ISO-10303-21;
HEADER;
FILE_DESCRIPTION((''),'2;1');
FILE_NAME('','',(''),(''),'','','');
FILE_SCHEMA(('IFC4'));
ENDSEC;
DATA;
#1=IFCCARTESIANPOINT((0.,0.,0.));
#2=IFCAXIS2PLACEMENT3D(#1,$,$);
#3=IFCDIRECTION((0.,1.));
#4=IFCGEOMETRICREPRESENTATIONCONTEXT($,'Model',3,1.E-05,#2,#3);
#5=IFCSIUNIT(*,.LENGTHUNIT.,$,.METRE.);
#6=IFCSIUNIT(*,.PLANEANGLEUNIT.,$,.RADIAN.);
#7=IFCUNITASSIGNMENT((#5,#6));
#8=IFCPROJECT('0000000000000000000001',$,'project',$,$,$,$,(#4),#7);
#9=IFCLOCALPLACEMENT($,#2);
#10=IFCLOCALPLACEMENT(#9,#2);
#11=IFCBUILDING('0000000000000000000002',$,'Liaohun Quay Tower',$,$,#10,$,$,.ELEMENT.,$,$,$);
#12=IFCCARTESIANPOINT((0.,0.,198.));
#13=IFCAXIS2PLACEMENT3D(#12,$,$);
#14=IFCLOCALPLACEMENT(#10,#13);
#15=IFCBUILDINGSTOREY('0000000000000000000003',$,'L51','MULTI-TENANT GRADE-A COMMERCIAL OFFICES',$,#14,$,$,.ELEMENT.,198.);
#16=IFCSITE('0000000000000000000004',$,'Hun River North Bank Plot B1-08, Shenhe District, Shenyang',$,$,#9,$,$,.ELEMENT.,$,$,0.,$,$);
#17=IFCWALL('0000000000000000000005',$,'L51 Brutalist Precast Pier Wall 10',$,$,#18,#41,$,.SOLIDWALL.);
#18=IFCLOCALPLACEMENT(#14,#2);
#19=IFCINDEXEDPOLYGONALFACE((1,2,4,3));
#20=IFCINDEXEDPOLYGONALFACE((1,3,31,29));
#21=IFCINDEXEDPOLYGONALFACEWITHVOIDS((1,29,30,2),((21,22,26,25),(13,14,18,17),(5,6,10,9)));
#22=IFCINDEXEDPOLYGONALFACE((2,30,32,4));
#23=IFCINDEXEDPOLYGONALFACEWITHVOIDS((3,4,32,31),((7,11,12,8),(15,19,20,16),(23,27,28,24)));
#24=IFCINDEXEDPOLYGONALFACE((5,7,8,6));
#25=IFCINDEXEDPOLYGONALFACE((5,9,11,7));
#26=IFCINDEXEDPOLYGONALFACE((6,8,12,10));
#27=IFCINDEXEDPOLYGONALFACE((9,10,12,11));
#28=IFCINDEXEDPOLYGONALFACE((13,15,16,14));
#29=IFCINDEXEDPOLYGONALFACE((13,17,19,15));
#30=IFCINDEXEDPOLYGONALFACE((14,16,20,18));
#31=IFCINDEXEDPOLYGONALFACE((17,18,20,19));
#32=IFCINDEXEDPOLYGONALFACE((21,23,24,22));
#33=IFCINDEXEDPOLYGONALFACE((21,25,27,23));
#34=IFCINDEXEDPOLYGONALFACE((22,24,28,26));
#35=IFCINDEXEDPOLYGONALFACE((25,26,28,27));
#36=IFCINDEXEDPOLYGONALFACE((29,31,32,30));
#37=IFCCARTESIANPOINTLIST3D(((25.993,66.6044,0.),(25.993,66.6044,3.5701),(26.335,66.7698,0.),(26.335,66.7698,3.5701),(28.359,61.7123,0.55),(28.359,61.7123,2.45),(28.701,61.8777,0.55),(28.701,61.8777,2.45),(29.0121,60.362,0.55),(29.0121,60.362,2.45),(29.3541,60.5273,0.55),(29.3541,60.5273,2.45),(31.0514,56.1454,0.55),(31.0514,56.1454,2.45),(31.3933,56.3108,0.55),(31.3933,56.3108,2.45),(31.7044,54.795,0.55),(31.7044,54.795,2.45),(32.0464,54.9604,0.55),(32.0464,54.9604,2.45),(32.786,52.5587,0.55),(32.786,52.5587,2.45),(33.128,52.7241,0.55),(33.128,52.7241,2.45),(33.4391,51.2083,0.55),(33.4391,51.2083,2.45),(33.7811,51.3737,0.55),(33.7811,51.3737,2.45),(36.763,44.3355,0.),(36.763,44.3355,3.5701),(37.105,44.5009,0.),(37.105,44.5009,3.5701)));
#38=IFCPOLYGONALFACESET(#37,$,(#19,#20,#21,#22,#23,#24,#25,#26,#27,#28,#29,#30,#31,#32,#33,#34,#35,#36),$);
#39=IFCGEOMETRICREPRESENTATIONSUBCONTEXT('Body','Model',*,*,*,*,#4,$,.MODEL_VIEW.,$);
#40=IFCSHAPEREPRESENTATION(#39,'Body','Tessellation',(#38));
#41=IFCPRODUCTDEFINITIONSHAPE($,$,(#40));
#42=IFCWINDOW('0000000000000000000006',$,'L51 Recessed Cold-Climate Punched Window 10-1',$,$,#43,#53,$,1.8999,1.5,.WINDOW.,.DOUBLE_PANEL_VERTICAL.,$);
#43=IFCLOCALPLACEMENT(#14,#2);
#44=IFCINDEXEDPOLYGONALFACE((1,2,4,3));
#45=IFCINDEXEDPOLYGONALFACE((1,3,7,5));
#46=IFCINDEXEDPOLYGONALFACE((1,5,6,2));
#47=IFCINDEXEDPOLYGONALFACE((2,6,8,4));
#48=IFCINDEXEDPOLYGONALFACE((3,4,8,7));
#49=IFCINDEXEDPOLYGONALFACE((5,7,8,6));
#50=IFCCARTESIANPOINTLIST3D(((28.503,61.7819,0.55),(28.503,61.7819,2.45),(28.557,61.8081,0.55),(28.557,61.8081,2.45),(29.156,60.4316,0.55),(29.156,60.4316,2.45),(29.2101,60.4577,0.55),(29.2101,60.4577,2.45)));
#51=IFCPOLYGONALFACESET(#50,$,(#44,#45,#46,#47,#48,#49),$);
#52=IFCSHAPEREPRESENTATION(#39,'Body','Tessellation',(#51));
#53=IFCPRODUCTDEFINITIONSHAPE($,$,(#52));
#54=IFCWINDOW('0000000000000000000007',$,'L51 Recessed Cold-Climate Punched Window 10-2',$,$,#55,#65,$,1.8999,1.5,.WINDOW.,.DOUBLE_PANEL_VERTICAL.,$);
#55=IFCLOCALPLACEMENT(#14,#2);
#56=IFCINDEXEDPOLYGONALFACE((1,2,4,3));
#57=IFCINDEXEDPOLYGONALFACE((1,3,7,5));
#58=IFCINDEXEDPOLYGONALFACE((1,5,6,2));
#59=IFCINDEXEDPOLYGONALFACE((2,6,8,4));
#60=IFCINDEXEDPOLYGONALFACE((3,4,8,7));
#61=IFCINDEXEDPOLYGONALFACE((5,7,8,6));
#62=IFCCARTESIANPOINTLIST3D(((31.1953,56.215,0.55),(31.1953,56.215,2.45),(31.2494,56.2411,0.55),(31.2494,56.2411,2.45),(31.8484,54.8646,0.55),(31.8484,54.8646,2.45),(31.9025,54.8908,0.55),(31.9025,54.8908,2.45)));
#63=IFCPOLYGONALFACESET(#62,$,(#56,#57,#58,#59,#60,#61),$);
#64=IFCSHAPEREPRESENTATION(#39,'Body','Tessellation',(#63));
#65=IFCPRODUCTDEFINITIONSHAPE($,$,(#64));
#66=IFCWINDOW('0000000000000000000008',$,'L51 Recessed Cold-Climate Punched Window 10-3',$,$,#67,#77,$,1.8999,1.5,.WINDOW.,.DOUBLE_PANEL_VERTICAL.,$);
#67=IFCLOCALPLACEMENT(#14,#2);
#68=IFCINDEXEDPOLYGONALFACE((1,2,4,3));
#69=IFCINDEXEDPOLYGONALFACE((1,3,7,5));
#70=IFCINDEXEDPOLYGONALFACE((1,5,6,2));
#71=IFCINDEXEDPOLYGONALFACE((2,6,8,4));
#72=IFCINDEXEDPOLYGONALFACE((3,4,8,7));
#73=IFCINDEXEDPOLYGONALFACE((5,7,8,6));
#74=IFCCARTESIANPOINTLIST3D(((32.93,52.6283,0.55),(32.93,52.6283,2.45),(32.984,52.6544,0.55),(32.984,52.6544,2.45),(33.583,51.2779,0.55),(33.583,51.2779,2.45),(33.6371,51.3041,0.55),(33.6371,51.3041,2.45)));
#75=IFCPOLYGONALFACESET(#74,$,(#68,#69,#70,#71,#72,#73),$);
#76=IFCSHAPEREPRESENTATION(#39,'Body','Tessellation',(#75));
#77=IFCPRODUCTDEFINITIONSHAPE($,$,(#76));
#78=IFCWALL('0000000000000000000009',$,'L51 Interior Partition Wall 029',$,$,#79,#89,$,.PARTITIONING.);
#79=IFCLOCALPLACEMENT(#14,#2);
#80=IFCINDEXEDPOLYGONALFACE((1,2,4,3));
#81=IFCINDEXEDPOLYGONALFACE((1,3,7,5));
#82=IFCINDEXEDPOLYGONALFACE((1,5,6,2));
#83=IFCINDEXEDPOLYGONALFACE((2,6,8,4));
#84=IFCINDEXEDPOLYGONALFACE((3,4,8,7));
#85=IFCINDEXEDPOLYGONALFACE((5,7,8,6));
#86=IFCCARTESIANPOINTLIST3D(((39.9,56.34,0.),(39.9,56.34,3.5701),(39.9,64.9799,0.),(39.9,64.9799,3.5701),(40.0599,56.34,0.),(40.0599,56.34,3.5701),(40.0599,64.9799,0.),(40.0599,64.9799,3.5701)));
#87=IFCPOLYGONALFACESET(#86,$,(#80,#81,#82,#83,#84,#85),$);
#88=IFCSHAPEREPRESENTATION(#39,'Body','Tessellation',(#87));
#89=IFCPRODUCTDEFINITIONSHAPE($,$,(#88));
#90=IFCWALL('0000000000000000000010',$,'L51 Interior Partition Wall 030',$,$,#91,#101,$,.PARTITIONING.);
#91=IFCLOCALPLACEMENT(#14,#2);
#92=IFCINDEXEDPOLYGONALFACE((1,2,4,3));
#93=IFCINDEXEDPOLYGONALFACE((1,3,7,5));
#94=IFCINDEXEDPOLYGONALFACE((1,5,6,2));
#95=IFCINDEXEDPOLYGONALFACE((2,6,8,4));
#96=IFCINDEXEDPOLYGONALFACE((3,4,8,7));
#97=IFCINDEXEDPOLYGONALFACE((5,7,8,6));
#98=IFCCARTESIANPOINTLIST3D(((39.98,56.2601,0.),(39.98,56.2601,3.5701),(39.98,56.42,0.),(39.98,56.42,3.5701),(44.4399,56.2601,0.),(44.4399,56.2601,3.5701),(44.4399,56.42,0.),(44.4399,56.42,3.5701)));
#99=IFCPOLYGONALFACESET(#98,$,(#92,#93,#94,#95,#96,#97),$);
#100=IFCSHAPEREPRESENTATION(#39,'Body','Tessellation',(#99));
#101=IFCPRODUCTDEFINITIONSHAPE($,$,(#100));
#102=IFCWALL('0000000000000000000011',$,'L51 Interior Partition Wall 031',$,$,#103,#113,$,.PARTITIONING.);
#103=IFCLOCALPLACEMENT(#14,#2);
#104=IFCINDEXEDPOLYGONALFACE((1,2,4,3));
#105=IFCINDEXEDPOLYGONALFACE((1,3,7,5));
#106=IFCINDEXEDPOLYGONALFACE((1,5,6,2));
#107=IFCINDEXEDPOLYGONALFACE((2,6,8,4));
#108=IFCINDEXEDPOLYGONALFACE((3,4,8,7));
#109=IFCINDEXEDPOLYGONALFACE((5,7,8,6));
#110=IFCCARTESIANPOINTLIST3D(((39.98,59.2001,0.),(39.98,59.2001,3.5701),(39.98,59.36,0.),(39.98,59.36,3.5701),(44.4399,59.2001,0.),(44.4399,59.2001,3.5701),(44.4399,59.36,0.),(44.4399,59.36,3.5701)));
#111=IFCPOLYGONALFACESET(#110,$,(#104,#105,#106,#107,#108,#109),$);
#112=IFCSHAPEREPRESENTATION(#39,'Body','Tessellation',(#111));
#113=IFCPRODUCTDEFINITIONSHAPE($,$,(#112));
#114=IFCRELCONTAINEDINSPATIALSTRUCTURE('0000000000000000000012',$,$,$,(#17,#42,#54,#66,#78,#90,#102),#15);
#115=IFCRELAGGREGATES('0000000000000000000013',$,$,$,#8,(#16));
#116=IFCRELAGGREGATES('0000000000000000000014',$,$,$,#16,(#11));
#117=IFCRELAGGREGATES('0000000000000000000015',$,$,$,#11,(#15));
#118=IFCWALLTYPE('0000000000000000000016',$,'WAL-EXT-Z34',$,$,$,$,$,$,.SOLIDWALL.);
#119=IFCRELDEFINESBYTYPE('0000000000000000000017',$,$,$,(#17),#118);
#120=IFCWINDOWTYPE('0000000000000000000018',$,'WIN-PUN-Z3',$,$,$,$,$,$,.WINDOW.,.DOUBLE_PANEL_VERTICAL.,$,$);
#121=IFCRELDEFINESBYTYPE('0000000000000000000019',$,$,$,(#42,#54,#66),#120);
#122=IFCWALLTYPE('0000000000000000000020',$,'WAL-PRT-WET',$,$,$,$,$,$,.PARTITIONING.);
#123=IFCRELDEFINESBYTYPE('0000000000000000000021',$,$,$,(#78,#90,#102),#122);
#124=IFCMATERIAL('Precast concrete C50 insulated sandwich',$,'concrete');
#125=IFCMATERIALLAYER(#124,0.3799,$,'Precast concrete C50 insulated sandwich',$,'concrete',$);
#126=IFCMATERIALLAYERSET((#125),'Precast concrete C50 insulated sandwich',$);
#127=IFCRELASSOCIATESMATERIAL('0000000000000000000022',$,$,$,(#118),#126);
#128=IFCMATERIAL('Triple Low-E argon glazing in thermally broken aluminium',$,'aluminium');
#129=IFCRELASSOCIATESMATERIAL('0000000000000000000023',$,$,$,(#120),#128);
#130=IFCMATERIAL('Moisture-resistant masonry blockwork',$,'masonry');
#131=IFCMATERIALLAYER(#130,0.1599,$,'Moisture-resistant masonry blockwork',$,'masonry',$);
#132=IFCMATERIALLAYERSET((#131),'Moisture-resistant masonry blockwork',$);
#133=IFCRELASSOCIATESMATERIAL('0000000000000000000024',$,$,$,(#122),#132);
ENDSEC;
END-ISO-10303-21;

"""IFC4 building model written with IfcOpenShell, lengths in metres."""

from ifc_helpers import new_model, si_unit, direction, frame, frame_2d, origin, place, context, subcontext, project, spatial, rectangle, extrude, source, transform, mapped, material, layer, layer_set, type_object, element, fill, save


model = new_model("IFC4")

# Units and contexts
model_context = context("Model", 3, precision=1e-05, world=origin(), true_north=direction((0.0, 1.0)))
body_context = subcontext(model_context, "Body", "Model", "MODEL_VIEW")
ifc_project = project(units=[si_unit("LENGTHUNIT", "METRE"), si_unit("PLANEANGLEUNIT", "RADIAN")], contexts=[model_context])

# Site, building, storey
site_placement = place(None, origin())
site = spatial("IfcSite", under=ifc_project, at=site_placement, Name="Hun River North Bank Plot B1-08, Shenhe District, Shenyang", CompositionType="ELEMENT", RefElevation=0.0)
building_placement = place(site_placement, origin())
building = spatial("IfcBuilding", under=site, at=building_placement, Name="Liaohun Quay Tower", CompositionType="ELEMENT")
storey_placement = place(building_placement, frame((0.0, 0.0, 198.0)))
storey = spatial("IfcBuildingStorey", under=building, at=storey_placement, Name="L51", Description="MULTI-TENANT GRADE-A COMMERCIAL OFFICES", CompositionType="ELEMENT", Elevation=198.0)

# Shared definitions
ifc_material_1 = material(Name="Precast concrete C50 insulated sandwich", Category="concrete")
ifc_layer_1 = layer(ifc_material_1, 0.3799, Name="Precast concrete C50 insulated sandwich", Category="concrete")
ifc_layer_set_1 = layer_set([ifc_layer_1], Name="Precast concrete C50 insulated sandwich")
wall_type_1 = type_object("IfcWallType", Name="WAL-EXT-Z34", PredefinedType="SOLIDWALL", material=ifc_layer_set_1)

# Wall, openings, windows
wall_1_placement = place(storey_placement, frame((26.1641, 66.687, 0.0), z_axis=(0.0, 0.0, 1.0), x_axis=(0.435387, -0.900244, 0.0)))
wall_1 = element("IfcWall", 1, at=wall_1_placement, inside=storey, type_object=wall_type_1, Name="L51 Brutalist Precast Pier Wall 10", PredefinedType="SOLIDWALL", context=body_context, shape_type="SweptSolid", body=[
    extrude(rectangle(XDim=24.7366, YDim=0.3799, at=frame_2d((12.3682, 0.0))), origin(), (0.0, 0.0, 1.0), 3.5701),
])
shared_shape_1 = source(origin(), body_context, "Body", "SweptSolid", [
    extrude(rectangle(XDim=1.5, YDim=1.8999, at=frame_2d((0.75, 0.95))), frame((0.0, 0.2, 0.0), z_axis=(0.0, -1.0, 0.0), x_axis=(1.0, 0.0, 0.0)), (0.0, 0.0, 1.0), 0.3999),
])
opening_1_placement = place(wall_1_placement, frame((5.4341, 0.0, 0.55)))
opening_1 = element("IfcOpeningElement", 2, at=opening_1_placement, cuts=wall_1, PredefinedType="OPENING", context=body_context, shape_type="MappedRepresentation", body=[
    mapped(shared_shape_1, transform((0.0, 0.0, 0.0), x_axis=(1.0, 0.0, 0.0), y_axis=(0.0, 1.0, 0.0), z_axis=(0.0, 0.0, 1.0), scale=1.0)),
])
opening_2_placement = place(wall_1_placement, frame((11.6179, 0.0, 0.55)))
opening_2 = element("IfcOpeningElement", 3, at=opening_2_placement, cuts=wall_1, PredefinedType="OPENING", context=body_context, shape_type="MappedRepresentation", body=[
    mapped(shared_shape_1, transform((0.0, 0.0, 0.0), x_axis=(1.0, 0.0, 0.0), y_axis=(0.0, 1.0, 0.0), z_axis=(0.0, 0.0, 1.0), scale=1.0)),
])
opening_3_placement = place(wall_1_placement, frame((15.6021, 0.0, 0.55)))
opening_3 = element("IfcOpeningElement", 4, at=opening_3_placement, cuts=wall_1, PredefinedType="OPENING", context=body_context, shape_type="MappedRepresentation", body=[
    mapped(shared_shape_1, transform((0.0, 0.0, 0.0), x_axis=(1.0, 0.0, 0.0), y_axis=(0.0, 1.0, 0.0), z_axis=(0.0, 0.0, 1.0), scale=1.0)),
])
ifc_material_2 = material(Name="Triple Low-E argon glazing in thermally broken aluminium", Category="aluminium")
window_type_1 = type_object("IfcWindowType", Name="WIN-PUN-Z3", PartitioningType="DOUBLE_PANEL_VERTICAL", PredefinedType="WINDOW", material=ifc_material_2)
shared_shape_2 = source(origin(), body_context, "Body", "SweptSolid", [
    extrude(rectangle(XDim=1.5, YDim=1.8999, at=frame_2d((0.75, 0.95))), frame((0.0, 0.03, 0.0), z_axis=(0.0, -1.0, 0.0), x_axis=(1.0, 0.0, 0.0)), (0.0, 0.0, 1.0), 0.0601),
])
window_1_placement = place(opening_1_placement, origin())
window_1 = element("IfcWindow", 5, at=window_1_placement, inside=storey, type_object=window_type_1, Name="L51 Recessed Cold-Climate Punched Window 10-1", OverallHeight=1.8999, OverallWidth=1.5, PartitioningType="DOUBLE_PANEL_VERTICAL", PredefinedType="WINDOW", context=body_context, shape_type="MappedRepresentation", body=[
    mapped(shared_shape_2, transform((0.0, 0.0, 0.0), x_axis=(1.0, 0.0, 0.0), y_axis=(0.0, 1.0, 0.0), z_axis=(0.0, 0.0, 1.0), scale=1.0)),
])
fill(opening_1, window_1)
window_2_placement = place(opening_2_placement, origin())
window_2 = element("IfcWindow", 6, at=window_2_placement, inside=storey, type_object=window_type_1, Name="L51 Recessed Cold-Climate Punched Window 10-2", OverallHeight=1.8999, OverallWidth=1.5, PartitioningType="DOUBLE_PANEL_VERTICAL", PredefinedType="WINDOW", context=body_context, shape_type="MappedRepresentation", body=[
    mapped(shared_shape_2, transform((0.0, 0.0, 0.0), x_axis=(1.0, 0.0, 0.0), y_axis=(0.0, 1.0, 0.0), z_axis=(0.0, 0.0, 1.0), scale=1.0)),
])
fill(opening_2, window_2)
window_3_placement = place(opening_3_placement, origin())
window_3 = element("IfcWindow", 7, at=window_3_placement, inside=storey, type_object=window_type_1, Name="L51 Recessed Cold-Climate Punched Window 10-3", OverallHeight=1.8999, OverallWidth=1.5, PartitioningType="DOUBLE_PANEL_VERTICAL", PredefinedType="WINDOW", context=body_context, shape_type="MappedRepresentation", body=[
    mapped(shared_shape_2, transform((0.0, 0.0, 0.0), x_axis=(1.0, 0.0, 0.0), y_axis=(0.0, 1.0, 0.0), z_axis=(0.0, 0.0, 1.0), scale=1.0)),
])
fill(opening_3, window_3)

# Walls
ifc_material_3 = material(Name="Moisture-resistant masonry blockwork", Category="masonry")
ifc_layer_2 = layer(ifc_material_3, 0.1599, Name="Moisture-resistant masonry blockwork", Category="masonry")
ifc_layer_set_2 = layer_set([ifc_layer_2], Name="Moisture-resistant masonry blockwork")
wall_type_2 = type_object("IfcWallType", Name="WAL-PRT-WET", PredefinedType="PARTITIONING", material=ifc_layer_set_2)
wall_2_placement = place(storey_placement, frame((39.98, 56.3401, 0.0), z_axis=(0.0, 0.0, 1.0), x_axis=(0.0, 1.0, 0.0)))
element("IfcWall", 8, at=wall_2_placement, inside=storey, type_object=wall_type_2, Name="L51 Interior Partition Wall 029", PredefinedType="PARTITIONING", context=body_context, shape_type="SweptSolid", body=[
    extrude(rectangle(XDim=8.6399, YDim=0.1599, at=frame_2d((4.3198, 0.0))), origin(), (0.0, 0.0, 1.0), 3.5701),
])
for number, where, z_axis, x_axis, name in (
    (9, (39.98, 56.3401, 0.0), (0.0, 0.0, 1.0), (1.0, 0.0, 0.0), "L51 Interior Partition Wall 030"),
    (10, (39.98, 59.28, 0.0), (0.0, 0.0, 1.0), (1.0, 0.0, 0.0), "L51 Interior Partition Wall 031"),
):
    element("IfcWall", number, at=place(storey_placement, frame(where, z_axis=z_axis, x_axis=x_axis)), inside=storey, type_object=wall_type_2, Name=name, PredefinedType="PARTITIONING", context=body_context, shape_type="SweptSolid", body=[
        extrude(rectangle(XDim=4.46, YDim=0.1599, at=frame_2d((2.23, 0.0))), origin(), (0.0, 0.0, 1.0), 3.5701),
    ])

save(model, "model.ifc")
